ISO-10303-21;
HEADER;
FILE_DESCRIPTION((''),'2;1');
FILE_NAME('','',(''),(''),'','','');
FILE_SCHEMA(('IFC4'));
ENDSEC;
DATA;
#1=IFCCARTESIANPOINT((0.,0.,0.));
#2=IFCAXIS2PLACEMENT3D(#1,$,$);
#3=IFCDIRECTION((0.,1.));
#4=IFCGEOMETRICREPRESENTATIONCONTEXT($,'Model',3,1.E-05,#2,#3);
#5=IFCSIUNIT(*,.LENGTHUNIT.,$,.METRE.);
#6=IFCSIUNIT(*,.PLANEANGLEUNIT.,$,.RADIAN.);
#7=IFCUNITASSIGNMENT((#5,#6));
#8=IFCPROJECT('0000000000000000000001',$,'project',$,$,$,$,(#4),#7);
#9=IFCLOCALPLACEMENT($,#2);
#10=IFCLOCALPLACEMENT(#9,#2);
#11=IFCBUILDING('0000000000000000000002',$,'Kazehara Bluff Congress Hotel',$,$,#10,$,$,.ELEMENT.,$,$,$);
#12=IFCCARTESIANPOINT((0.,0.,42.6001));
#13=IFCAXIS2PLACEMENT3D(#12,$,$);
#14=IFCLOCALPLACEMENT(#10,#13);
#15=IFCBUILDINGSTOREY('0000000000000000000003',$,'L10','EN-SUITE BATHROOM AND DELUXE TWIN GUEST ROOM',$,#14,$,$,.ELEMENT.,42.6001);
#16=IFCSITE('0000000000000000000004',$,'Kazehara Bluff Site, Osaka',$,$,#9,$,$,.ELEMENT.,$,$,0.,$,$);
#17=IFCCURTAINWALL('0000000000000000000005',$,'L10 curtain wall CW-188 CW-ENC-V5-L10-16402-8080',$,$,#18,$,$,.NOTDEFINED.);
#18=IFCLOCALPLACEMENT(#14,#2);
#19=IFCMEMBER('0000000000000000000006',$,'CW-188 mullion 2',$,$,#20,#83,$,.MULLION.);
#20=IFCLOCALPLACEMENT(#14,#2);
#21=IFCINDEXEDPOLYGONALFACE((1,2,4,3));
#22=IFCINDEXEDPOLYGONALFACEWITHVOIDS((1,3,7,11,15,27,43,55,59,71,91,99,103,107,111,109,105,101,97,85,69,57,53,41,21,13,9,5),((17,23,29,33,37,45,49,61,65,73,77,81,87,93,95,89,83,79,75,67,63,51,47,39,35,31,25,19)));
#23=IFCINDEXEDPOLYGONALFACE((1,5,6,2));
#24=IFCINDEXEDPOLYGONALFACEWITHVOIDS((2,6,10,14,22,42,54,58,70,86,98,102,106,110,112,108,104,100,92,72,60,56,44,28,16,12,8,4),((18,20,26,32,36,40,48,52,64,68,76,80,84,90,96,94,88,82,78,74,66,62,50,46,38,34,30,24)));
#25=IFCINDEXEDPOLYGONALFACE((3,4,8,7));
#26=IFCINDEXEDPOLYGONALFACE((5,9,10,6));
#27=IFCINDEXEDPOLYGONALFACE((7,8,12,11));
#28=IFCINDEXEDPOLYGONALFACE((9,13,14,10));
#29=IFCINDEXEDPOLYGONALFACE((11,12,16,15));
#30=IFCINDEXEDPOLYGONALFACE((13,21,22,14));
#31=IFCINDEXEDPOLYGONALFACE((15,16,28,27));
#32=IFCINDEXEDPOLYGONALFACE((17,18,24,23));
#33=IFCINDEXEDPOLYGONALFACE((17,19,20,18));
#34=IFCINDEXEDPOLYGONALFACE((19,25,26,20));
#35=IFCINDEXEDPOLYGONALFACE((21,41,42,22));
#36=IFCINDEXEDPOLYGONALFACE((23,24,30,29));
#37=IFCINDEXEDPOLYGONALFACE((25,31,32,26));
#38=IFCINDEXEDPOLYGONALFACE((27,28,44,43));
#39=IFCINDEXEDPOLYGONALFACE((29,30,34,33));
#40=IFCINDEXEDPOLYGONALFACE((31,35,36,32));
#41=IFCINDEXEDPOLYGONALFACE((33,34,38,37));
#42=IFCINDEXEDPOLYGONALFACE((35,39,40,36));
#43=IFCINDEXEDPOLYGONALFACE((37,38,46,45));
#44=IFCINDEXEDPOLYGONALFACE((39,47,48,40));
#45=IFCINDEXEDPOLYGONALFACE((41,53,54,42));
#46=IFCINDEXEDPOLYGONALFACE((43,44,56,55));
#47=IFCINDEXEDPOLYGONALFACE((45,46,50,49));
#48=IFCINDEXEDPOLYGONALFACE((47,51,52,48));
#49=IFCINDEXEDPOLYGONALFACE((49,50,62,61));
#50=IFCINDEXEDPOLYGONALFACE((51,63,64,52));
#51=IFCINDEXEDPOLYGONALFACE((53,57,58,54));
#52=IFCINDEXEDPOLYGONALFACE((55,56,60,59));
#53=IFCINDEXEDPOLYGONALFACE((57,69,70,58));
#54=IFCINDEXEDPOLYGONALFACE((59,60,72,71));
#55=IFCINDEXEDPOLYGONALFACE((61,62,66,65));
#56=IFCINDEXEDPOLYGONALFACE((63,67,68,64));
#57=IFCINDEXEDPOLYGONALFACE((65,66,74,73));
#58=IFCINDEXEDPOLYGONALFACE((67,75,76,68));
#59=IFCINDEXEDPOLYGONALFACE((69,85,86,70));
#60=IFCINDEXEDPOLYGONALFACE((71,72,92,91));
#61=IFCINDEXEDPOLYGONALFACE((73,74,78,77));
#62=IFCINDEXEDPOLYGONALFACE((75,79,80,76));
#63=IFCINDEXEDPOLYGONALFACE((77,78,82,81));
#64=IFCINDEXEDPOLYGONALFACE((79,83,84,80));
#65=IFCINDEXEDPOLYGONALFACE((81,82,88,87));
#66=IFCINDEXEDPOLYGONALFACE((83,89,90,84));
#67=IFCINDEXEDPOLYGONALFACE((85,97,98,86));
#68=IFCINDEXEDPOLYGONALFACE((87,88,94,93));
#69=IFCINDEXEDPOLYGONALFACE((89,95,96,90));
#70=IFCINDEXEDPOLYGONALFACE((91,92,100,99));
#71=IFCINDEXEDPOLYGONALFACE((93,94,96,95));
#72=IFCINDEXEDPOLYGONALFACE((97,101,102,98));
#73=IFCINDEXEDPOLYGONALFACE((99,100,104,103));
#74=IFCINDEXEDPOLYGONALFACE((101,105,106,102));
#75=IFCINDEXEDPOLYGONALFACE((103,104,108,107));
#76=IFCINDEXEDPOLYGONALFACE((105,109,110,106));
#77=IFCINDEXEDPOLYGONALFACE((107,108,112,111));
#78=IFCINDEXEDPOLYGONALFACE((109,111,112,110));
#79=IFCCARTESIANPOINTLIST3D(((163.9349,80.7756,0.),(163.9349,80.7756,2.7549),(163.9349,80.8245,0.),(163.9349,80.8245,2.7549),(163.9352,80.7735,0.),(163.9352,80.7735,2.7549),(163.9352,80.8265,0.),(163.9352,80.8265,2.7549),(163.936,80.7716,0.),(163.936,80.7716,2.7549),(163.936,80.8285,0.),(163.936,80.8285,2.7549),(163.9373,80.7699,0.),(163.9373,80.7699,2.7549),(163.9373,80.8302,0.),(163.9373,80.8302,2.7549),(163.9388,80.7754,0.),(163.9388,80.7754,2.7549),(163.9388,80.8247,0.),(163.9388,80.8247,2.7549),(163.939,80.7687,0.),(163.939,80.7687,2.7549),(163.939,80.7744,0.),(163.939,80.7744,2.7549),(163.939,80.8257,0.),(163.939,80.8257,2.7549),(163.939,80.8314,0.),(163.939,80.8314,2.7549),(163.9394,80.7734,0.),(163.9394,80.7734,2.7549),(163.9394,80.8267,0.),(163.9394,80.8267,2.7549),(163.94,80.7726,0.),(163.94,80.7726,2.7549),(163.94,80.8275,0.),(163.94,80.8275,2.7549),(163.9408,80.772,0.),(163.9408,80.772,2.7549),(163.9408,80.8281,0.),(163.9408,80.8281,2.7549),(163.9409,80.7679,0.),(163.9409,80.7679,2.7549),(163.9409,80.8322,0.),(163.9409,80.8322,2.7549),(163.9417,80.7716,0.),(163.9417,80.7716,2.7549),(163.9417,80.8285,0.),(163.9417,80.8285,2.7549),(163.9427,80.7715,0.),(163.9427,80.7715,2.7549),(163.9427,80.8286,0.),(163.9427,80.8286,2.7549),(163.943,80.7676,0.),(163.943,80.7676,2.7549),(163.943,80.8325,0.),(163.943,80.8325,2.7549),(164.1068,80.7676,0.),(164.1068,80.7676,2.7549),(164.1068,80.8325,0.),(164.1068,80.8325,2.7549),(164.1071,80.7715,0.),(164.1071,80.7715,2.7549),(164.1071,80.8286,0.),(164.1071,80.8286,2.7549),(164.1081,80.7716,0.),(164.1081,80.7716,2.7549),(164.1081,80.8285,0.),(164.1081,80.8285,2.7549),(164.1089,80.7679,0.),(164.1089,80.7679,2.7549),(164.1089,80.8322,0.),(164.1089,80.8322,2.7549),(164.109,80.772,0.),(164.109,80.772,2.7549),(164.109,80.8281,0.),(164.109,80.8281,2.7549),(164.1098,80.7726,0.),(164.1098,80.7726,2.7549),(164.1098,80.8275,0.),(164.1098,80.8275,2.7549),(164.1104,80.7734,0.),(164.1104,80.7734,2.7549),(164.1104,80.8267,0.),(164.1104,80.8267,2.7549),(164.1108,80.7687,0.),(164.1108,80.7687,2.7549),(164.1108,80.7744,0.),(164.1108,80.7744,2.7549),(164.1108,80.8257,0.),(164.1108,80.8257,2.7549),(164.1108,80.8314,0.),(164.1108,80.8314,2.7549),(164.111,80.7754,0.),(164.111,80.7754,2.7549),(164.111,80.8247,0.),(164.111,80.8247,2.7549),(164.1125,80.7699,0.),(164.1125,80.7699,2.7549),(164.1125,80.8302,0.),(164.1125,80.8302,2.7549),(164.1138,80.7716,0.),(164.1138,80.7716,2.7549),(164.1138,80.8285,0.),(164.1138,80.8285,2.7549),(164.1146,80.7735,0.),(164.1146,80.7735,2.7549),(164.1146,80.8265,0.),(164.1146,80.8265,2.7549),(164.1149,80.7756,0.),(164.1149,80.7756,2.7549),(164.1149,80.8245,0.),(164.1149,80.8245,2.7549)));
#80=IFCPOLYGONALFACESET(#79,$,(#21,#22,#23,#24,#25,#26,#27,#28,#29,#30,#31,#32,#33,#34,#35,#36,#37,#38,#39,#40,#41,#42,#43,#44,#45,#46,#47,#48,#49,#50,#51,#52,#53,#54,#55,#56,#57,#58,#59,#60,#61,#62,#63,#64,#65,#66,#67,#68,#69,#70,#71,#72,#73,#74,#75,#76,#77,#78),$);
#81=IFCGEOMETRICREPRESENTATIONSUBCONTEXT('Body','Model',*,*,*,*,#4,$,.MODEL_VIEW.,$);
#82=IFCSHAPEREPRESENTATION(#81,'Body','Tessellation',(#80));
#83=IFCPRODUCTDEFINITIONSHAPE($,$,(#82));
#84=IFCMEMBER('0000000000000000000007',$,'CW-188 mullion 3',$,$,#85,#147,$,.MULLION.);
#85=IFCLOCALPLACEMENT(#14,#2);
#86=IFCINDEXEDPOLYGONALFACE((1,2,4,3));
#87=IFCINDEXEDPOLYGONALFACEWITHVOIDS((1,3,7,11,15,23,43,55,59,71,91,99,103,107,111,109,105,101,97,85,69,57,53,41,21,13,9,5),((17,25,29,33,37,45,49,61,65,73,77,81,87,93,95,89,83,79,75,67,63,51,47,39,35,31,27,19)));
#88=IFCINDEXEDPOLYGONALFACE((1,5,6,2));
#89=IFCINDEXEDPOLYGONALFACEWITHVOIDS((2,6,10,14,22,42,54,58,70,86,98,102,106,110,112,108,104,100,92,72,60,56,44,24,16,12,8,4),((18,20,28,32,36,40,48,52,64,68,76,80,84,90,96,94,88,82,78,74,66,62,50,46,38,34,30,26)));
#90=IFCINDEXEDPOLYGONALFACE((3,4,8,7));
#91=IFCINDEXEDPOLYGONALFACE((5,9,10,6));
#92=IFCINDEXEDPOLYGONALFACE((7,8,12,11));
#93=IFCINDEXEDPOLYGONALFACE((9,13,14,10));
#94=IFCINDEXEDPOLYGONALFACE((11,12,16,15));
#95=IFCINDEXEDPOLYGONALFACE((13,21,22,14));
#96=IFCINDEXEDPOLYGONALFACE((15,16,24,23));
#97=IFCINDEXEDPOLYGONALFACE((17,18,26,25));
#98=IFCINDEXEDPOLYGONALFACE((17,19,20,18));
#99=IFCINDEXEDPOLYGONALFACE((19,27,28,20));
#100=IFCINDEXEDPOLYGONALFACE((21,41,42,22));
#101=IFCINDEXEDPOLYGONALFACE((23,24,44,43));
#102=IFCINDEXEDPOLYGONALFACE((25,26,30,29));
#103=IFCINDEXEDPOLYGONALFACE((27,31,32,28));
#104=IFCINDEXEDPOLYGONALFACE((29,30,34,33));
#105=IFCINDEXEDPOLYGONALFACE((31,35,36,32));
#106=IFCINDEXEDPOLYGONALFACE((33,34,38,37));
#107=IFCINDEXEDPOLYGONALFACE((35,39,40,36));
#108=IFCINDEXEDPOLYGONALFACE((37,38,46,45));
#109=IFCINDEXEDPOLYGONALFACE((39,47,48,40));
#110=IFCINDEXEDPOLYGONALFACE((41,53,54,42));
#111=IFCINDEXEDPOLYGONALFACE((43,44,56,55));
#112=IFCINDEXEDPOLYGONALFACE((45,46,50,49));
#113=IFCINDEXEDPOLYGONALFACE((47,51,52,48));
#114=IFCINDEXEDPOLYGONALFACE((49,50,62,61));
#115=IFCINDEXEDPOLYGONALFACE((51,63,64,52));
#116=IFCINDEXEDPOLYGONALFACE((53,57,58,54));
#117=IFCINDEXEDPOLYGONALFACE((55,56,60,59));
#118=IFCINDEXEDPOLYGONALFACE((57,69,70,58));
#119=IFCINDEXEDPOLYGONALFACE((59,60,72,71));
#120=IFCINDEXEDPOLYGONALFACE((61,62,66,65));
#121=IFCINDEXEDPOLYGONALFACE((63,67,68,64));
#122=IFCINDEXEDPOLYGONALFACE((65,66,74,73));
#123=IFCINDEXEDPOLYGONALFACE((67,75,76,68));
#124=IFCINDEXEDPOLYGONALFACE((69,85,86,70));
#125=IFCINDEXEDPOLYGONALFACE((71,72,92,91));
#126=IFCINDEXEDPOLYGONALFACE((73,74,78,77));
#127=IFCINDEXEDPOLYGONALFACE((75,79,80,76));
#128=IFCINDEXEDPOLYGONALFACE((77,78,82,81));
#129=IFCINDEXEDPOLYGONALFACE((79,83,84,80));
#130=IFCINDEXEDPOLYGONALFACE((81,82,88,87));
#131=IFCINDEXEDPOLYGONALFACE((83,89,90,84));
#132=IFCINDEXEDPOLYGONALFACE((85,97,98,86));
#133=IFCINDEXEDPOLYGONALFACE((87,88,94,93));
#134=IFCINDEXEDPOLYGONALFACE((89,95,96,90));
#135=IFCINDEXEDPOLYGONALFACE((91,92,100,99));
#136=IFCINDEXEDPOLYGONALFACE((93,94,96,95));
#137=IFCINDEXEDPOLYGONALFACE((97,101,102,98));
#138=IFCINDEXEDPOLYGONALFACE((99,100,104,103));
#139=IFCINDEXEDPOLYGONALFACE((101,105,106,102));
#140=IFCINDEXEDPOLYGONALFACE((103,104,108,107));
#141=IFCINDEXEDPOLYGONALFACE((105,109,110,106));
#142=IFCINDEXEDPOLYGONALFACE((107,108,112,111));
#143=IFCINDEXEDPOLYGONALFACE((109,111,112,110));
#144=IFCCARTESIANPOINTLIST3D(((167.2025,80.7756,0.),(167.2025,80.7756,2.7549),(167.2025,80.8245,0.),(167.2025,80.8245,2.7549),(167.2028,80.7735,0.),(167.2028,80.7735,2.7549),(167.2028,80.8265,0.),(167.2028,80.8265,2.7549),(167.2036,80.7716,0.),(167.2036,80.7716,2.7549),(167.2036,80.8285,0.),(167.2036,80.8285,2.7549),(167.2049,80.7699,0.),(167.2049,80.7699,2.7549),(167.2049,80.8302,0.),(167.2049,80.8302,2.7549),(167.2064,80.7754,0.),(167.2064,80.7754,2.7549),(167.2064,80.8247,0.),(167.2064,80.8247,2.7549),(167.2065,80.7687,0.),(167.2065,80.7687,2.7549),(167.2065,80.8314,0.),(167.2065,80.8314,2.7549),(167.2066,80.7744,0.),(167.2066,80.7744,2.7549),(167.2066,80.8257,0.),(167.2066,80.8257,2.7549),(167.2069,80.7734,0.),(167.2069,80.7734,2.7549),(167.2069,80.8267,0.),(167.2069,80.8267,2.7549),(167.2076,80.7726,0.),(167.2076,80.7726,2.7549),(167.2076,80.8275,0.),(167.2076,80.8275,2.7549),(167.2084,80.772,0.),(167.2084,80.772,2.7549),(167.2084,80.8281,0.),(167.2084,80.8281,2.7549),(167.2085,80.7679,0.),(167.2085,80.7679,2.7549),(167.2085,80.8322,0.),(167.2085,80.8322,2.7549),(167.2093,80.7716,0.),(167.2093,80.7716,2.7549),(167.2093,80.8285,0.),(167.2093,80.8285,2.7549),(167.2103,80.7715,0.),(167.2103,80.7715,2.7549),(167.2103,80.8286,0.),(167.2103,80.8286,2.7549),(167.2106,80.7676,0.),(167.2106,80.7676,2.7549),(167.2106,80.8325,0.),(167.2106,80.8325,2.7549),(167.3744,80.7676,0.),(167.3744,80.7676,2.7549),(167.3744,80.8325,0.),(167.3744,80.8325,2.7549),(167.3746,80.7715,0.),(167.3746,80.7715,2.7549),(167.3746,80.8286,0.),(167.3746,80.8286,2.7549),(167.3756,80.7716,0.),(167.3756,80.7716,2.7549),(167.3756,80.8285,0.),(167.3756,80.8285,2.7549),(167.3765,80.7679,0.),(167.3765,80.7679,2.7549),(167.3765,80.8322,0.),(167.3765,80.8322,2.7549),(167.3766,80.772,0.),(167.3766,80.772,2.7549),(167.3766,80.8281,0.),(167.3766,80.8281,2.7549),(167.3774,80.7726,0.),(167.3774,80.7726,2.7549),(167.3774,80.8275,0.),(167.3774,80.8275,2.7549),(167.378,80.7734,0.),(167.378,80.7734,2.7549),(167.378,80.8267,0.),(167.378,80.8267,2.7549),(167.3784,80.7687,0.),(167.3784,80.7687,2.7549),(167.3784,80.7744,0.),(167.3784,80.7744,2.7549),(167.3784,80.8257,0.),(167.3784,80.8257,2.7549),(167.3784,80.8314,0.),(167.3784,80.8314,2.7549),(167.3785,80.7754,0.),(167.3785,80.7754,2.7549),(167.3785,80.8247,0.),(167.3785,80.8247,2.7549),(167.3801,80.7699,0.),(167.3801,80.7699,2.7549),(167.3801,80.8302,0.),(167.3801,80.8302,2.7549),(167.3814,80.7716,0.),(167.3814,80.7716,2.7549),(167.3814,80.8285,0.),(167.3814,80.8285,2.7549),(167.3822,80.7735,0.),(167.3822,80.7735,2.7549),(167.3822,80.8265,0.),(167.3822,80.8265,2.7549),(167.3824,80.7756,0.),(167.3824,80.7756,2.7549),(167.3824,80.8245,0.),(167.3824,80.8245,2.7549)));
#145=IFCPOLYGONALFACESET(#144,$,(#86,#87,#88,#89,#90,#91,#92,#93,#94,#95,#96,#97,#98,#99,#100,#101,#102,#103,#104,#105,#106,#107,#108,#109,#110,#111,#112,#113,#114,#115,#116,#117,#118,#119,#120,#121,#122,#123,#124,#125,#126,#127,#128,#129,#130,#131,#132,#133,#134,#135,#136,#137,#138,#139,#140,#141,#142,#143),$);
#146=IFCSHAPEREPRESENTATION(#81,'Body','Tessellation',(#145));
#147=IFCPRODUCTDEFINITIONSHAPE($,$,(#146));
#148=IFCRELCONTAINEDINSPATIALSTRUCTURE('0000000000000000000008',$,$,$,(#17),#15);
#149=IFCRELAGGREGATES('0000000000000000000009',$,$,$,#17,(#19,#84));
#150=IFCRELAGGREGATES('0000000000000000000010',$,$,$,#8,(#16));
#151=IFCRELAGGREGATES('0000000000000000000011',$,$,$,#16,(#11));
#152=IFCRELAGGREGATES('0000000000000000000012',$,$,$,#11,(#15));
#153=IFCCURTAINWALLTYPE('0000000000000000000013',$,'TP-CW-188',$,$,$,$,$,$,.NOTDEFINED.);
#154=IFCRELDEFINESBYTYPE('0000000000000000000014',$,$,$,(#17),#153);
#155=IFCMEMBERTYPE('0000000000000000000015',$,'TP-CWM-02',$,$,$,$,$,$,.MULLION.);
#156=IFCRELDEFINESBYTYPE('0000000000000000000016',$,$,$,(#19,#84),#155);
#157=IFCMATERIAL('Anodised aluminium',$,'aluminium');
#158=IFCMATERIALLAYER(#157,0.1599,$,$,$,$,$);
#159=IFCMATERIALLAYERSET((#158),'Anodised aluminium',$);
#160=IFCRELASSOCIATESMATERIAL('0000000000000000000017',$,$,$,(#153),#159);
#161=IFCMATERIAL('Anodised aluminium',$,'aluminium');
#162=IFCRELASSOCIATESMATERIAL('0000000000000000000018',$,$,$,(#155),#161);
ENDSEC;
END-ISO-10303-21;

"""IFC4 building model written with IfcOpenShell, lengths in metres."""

from ifc_helpers import new_model, si_unit, direction, frame, origin, origin_2d, place, context, subcontext, project, spatial, hollow_rectangle, extrude, material, layer, layer_set, material_profile, profile_set, type_object, element, aggregate, save


model = new_model("IFC4")

# Units and contexts
model_context = context("Model", 3, precision=1e-05, world=origin(), true_north=direction((0.0, 1.0)))
body_context = subcontext(model_context, "Body", "Model", "MODEL_VIEW")
ifc_project = project(units=[si_unit("LENGTHUNIT", "METRE"), si_unit("PLANEANGLEUNIT", "RADIAN")], contexts=[model_context])

# Site, building, storey
site_placement = place(None, origin())
site = spatial("IfcSite", under=ifc_project, at=site_placement, Name="Kazehara Bluff Site, Osaka", CompositionType="ELEMENT", RefElevation=0.0)
building_placement = place(site_placement, origin())
building = spatial("IfcBuilding", under=site, at=building_placement, Name="Kazehara Bluff Congress Hotel", CompositionType="ELEMENT")
storey_placement = place(building_placement, frame((0.0, 0.0, 42.6001)))
storey = spatial("IfcBuildingStorey", under=building, at=storey_placement, Name="L10", Description="EN-SUITE BATHROOM AND DELUXE TWIN GUEST ROOM", CompositionType="ELEMENT", Elevation=42.6001)

# Curtain wall, members
ifc_material_1 = material(Name="Anodised aluminium", Category="aluminium")
ifc_layer_1 = layer(ifc_material_1, 0.1599)
ifc_layer_set_1 = layer_set([ifc_layer_1], Name="Anodised aluminium")
curtain_wall_type_1 = type_object("IfcCurtainWallType", Name="TP-CW-188", PredefinedType="NOTDEFINED", material=ifc_layer_set_1)
curtain_wall_1_placement = place(storey_placement, origin())
curtain_wall_1 = element("IfcCurtainWall", 1, at=curtain_wall_1_placement, inside=storey, type_object=curtain_wall_type_1, Name="L10 curtain wall CW-188 CW-ENC-V5-L10-16402-8080", PredefinedType="NOTDEFINED")
ifc_material_2 = material(Name="Anodised aluminium", Category="aluminium")
ifc_material_profile_1 = material_profile(ifc_material_2, hollow_rectangle(XDim=0.0649, YDim=0.1799, WallThickness=0.0039, InnerFilletRadius=0.0039, OuterFilletRadius=0.0081, at=origin_2d()))
ifc_profile_set_1 = profile_set([ifc_material_profile_1], Name="Anodised aluminium")
member_type_1 = type_object("IfcMemberType", Name="TP-CWM-02", PredefinedType="MULLION", material=ifc_profile_set_1)
member_1_placement = place(storey_placement, frame((164.0249, 80.8, 0.0), z_axis=(0.0, 0.0, 1.0), x_axis=(0.0, 1.0, 0.0)))
member_1 = element("IfcMember", 2, at=member_1_placement, type_object=member_type_1, Name="CW-188 mullion 2", PredefinedType="MULLION", context=body_context, shape_type="SweptSolid", body=[
    extrude(hollow_rectangle(XDim=0.0649, YDim=0.1799, WallThickness=0.0039, InnerFilletRadius=0.0039, OuterFilletRadius=0.0081, at=origin_2d()), origin(), (0.0, 0.0, 1.0), 2.7549),
])
member_2_placement = place(storey_placement, frame((167.2925, 80.8, 0.0), z_axis=(0.0, 0.0, 1.0), x_axis=(0.0, 1.0, 0.0)))
member_2 = element("IfcMember", 3, at=member_2_placement, type_object=member_type_1, Name="CW-188 mullion 3", PredefinedType="MULLION", context=body_context, shape_type="SweptSolid", body=[
    extrude(hollow_rectangle(XDim=0.0649, YDim=0.1799, WallThickness=0.0039, InnerFilletRadius=0.0039, OuterFilletRadius=0.0081, at=origin_2d()), origin(), (0.0, 0.0, 1.0), 2.7549),
])

aggregate(curtain_wall_1, [member_1, member_2])

save(model, "model.ifc")
